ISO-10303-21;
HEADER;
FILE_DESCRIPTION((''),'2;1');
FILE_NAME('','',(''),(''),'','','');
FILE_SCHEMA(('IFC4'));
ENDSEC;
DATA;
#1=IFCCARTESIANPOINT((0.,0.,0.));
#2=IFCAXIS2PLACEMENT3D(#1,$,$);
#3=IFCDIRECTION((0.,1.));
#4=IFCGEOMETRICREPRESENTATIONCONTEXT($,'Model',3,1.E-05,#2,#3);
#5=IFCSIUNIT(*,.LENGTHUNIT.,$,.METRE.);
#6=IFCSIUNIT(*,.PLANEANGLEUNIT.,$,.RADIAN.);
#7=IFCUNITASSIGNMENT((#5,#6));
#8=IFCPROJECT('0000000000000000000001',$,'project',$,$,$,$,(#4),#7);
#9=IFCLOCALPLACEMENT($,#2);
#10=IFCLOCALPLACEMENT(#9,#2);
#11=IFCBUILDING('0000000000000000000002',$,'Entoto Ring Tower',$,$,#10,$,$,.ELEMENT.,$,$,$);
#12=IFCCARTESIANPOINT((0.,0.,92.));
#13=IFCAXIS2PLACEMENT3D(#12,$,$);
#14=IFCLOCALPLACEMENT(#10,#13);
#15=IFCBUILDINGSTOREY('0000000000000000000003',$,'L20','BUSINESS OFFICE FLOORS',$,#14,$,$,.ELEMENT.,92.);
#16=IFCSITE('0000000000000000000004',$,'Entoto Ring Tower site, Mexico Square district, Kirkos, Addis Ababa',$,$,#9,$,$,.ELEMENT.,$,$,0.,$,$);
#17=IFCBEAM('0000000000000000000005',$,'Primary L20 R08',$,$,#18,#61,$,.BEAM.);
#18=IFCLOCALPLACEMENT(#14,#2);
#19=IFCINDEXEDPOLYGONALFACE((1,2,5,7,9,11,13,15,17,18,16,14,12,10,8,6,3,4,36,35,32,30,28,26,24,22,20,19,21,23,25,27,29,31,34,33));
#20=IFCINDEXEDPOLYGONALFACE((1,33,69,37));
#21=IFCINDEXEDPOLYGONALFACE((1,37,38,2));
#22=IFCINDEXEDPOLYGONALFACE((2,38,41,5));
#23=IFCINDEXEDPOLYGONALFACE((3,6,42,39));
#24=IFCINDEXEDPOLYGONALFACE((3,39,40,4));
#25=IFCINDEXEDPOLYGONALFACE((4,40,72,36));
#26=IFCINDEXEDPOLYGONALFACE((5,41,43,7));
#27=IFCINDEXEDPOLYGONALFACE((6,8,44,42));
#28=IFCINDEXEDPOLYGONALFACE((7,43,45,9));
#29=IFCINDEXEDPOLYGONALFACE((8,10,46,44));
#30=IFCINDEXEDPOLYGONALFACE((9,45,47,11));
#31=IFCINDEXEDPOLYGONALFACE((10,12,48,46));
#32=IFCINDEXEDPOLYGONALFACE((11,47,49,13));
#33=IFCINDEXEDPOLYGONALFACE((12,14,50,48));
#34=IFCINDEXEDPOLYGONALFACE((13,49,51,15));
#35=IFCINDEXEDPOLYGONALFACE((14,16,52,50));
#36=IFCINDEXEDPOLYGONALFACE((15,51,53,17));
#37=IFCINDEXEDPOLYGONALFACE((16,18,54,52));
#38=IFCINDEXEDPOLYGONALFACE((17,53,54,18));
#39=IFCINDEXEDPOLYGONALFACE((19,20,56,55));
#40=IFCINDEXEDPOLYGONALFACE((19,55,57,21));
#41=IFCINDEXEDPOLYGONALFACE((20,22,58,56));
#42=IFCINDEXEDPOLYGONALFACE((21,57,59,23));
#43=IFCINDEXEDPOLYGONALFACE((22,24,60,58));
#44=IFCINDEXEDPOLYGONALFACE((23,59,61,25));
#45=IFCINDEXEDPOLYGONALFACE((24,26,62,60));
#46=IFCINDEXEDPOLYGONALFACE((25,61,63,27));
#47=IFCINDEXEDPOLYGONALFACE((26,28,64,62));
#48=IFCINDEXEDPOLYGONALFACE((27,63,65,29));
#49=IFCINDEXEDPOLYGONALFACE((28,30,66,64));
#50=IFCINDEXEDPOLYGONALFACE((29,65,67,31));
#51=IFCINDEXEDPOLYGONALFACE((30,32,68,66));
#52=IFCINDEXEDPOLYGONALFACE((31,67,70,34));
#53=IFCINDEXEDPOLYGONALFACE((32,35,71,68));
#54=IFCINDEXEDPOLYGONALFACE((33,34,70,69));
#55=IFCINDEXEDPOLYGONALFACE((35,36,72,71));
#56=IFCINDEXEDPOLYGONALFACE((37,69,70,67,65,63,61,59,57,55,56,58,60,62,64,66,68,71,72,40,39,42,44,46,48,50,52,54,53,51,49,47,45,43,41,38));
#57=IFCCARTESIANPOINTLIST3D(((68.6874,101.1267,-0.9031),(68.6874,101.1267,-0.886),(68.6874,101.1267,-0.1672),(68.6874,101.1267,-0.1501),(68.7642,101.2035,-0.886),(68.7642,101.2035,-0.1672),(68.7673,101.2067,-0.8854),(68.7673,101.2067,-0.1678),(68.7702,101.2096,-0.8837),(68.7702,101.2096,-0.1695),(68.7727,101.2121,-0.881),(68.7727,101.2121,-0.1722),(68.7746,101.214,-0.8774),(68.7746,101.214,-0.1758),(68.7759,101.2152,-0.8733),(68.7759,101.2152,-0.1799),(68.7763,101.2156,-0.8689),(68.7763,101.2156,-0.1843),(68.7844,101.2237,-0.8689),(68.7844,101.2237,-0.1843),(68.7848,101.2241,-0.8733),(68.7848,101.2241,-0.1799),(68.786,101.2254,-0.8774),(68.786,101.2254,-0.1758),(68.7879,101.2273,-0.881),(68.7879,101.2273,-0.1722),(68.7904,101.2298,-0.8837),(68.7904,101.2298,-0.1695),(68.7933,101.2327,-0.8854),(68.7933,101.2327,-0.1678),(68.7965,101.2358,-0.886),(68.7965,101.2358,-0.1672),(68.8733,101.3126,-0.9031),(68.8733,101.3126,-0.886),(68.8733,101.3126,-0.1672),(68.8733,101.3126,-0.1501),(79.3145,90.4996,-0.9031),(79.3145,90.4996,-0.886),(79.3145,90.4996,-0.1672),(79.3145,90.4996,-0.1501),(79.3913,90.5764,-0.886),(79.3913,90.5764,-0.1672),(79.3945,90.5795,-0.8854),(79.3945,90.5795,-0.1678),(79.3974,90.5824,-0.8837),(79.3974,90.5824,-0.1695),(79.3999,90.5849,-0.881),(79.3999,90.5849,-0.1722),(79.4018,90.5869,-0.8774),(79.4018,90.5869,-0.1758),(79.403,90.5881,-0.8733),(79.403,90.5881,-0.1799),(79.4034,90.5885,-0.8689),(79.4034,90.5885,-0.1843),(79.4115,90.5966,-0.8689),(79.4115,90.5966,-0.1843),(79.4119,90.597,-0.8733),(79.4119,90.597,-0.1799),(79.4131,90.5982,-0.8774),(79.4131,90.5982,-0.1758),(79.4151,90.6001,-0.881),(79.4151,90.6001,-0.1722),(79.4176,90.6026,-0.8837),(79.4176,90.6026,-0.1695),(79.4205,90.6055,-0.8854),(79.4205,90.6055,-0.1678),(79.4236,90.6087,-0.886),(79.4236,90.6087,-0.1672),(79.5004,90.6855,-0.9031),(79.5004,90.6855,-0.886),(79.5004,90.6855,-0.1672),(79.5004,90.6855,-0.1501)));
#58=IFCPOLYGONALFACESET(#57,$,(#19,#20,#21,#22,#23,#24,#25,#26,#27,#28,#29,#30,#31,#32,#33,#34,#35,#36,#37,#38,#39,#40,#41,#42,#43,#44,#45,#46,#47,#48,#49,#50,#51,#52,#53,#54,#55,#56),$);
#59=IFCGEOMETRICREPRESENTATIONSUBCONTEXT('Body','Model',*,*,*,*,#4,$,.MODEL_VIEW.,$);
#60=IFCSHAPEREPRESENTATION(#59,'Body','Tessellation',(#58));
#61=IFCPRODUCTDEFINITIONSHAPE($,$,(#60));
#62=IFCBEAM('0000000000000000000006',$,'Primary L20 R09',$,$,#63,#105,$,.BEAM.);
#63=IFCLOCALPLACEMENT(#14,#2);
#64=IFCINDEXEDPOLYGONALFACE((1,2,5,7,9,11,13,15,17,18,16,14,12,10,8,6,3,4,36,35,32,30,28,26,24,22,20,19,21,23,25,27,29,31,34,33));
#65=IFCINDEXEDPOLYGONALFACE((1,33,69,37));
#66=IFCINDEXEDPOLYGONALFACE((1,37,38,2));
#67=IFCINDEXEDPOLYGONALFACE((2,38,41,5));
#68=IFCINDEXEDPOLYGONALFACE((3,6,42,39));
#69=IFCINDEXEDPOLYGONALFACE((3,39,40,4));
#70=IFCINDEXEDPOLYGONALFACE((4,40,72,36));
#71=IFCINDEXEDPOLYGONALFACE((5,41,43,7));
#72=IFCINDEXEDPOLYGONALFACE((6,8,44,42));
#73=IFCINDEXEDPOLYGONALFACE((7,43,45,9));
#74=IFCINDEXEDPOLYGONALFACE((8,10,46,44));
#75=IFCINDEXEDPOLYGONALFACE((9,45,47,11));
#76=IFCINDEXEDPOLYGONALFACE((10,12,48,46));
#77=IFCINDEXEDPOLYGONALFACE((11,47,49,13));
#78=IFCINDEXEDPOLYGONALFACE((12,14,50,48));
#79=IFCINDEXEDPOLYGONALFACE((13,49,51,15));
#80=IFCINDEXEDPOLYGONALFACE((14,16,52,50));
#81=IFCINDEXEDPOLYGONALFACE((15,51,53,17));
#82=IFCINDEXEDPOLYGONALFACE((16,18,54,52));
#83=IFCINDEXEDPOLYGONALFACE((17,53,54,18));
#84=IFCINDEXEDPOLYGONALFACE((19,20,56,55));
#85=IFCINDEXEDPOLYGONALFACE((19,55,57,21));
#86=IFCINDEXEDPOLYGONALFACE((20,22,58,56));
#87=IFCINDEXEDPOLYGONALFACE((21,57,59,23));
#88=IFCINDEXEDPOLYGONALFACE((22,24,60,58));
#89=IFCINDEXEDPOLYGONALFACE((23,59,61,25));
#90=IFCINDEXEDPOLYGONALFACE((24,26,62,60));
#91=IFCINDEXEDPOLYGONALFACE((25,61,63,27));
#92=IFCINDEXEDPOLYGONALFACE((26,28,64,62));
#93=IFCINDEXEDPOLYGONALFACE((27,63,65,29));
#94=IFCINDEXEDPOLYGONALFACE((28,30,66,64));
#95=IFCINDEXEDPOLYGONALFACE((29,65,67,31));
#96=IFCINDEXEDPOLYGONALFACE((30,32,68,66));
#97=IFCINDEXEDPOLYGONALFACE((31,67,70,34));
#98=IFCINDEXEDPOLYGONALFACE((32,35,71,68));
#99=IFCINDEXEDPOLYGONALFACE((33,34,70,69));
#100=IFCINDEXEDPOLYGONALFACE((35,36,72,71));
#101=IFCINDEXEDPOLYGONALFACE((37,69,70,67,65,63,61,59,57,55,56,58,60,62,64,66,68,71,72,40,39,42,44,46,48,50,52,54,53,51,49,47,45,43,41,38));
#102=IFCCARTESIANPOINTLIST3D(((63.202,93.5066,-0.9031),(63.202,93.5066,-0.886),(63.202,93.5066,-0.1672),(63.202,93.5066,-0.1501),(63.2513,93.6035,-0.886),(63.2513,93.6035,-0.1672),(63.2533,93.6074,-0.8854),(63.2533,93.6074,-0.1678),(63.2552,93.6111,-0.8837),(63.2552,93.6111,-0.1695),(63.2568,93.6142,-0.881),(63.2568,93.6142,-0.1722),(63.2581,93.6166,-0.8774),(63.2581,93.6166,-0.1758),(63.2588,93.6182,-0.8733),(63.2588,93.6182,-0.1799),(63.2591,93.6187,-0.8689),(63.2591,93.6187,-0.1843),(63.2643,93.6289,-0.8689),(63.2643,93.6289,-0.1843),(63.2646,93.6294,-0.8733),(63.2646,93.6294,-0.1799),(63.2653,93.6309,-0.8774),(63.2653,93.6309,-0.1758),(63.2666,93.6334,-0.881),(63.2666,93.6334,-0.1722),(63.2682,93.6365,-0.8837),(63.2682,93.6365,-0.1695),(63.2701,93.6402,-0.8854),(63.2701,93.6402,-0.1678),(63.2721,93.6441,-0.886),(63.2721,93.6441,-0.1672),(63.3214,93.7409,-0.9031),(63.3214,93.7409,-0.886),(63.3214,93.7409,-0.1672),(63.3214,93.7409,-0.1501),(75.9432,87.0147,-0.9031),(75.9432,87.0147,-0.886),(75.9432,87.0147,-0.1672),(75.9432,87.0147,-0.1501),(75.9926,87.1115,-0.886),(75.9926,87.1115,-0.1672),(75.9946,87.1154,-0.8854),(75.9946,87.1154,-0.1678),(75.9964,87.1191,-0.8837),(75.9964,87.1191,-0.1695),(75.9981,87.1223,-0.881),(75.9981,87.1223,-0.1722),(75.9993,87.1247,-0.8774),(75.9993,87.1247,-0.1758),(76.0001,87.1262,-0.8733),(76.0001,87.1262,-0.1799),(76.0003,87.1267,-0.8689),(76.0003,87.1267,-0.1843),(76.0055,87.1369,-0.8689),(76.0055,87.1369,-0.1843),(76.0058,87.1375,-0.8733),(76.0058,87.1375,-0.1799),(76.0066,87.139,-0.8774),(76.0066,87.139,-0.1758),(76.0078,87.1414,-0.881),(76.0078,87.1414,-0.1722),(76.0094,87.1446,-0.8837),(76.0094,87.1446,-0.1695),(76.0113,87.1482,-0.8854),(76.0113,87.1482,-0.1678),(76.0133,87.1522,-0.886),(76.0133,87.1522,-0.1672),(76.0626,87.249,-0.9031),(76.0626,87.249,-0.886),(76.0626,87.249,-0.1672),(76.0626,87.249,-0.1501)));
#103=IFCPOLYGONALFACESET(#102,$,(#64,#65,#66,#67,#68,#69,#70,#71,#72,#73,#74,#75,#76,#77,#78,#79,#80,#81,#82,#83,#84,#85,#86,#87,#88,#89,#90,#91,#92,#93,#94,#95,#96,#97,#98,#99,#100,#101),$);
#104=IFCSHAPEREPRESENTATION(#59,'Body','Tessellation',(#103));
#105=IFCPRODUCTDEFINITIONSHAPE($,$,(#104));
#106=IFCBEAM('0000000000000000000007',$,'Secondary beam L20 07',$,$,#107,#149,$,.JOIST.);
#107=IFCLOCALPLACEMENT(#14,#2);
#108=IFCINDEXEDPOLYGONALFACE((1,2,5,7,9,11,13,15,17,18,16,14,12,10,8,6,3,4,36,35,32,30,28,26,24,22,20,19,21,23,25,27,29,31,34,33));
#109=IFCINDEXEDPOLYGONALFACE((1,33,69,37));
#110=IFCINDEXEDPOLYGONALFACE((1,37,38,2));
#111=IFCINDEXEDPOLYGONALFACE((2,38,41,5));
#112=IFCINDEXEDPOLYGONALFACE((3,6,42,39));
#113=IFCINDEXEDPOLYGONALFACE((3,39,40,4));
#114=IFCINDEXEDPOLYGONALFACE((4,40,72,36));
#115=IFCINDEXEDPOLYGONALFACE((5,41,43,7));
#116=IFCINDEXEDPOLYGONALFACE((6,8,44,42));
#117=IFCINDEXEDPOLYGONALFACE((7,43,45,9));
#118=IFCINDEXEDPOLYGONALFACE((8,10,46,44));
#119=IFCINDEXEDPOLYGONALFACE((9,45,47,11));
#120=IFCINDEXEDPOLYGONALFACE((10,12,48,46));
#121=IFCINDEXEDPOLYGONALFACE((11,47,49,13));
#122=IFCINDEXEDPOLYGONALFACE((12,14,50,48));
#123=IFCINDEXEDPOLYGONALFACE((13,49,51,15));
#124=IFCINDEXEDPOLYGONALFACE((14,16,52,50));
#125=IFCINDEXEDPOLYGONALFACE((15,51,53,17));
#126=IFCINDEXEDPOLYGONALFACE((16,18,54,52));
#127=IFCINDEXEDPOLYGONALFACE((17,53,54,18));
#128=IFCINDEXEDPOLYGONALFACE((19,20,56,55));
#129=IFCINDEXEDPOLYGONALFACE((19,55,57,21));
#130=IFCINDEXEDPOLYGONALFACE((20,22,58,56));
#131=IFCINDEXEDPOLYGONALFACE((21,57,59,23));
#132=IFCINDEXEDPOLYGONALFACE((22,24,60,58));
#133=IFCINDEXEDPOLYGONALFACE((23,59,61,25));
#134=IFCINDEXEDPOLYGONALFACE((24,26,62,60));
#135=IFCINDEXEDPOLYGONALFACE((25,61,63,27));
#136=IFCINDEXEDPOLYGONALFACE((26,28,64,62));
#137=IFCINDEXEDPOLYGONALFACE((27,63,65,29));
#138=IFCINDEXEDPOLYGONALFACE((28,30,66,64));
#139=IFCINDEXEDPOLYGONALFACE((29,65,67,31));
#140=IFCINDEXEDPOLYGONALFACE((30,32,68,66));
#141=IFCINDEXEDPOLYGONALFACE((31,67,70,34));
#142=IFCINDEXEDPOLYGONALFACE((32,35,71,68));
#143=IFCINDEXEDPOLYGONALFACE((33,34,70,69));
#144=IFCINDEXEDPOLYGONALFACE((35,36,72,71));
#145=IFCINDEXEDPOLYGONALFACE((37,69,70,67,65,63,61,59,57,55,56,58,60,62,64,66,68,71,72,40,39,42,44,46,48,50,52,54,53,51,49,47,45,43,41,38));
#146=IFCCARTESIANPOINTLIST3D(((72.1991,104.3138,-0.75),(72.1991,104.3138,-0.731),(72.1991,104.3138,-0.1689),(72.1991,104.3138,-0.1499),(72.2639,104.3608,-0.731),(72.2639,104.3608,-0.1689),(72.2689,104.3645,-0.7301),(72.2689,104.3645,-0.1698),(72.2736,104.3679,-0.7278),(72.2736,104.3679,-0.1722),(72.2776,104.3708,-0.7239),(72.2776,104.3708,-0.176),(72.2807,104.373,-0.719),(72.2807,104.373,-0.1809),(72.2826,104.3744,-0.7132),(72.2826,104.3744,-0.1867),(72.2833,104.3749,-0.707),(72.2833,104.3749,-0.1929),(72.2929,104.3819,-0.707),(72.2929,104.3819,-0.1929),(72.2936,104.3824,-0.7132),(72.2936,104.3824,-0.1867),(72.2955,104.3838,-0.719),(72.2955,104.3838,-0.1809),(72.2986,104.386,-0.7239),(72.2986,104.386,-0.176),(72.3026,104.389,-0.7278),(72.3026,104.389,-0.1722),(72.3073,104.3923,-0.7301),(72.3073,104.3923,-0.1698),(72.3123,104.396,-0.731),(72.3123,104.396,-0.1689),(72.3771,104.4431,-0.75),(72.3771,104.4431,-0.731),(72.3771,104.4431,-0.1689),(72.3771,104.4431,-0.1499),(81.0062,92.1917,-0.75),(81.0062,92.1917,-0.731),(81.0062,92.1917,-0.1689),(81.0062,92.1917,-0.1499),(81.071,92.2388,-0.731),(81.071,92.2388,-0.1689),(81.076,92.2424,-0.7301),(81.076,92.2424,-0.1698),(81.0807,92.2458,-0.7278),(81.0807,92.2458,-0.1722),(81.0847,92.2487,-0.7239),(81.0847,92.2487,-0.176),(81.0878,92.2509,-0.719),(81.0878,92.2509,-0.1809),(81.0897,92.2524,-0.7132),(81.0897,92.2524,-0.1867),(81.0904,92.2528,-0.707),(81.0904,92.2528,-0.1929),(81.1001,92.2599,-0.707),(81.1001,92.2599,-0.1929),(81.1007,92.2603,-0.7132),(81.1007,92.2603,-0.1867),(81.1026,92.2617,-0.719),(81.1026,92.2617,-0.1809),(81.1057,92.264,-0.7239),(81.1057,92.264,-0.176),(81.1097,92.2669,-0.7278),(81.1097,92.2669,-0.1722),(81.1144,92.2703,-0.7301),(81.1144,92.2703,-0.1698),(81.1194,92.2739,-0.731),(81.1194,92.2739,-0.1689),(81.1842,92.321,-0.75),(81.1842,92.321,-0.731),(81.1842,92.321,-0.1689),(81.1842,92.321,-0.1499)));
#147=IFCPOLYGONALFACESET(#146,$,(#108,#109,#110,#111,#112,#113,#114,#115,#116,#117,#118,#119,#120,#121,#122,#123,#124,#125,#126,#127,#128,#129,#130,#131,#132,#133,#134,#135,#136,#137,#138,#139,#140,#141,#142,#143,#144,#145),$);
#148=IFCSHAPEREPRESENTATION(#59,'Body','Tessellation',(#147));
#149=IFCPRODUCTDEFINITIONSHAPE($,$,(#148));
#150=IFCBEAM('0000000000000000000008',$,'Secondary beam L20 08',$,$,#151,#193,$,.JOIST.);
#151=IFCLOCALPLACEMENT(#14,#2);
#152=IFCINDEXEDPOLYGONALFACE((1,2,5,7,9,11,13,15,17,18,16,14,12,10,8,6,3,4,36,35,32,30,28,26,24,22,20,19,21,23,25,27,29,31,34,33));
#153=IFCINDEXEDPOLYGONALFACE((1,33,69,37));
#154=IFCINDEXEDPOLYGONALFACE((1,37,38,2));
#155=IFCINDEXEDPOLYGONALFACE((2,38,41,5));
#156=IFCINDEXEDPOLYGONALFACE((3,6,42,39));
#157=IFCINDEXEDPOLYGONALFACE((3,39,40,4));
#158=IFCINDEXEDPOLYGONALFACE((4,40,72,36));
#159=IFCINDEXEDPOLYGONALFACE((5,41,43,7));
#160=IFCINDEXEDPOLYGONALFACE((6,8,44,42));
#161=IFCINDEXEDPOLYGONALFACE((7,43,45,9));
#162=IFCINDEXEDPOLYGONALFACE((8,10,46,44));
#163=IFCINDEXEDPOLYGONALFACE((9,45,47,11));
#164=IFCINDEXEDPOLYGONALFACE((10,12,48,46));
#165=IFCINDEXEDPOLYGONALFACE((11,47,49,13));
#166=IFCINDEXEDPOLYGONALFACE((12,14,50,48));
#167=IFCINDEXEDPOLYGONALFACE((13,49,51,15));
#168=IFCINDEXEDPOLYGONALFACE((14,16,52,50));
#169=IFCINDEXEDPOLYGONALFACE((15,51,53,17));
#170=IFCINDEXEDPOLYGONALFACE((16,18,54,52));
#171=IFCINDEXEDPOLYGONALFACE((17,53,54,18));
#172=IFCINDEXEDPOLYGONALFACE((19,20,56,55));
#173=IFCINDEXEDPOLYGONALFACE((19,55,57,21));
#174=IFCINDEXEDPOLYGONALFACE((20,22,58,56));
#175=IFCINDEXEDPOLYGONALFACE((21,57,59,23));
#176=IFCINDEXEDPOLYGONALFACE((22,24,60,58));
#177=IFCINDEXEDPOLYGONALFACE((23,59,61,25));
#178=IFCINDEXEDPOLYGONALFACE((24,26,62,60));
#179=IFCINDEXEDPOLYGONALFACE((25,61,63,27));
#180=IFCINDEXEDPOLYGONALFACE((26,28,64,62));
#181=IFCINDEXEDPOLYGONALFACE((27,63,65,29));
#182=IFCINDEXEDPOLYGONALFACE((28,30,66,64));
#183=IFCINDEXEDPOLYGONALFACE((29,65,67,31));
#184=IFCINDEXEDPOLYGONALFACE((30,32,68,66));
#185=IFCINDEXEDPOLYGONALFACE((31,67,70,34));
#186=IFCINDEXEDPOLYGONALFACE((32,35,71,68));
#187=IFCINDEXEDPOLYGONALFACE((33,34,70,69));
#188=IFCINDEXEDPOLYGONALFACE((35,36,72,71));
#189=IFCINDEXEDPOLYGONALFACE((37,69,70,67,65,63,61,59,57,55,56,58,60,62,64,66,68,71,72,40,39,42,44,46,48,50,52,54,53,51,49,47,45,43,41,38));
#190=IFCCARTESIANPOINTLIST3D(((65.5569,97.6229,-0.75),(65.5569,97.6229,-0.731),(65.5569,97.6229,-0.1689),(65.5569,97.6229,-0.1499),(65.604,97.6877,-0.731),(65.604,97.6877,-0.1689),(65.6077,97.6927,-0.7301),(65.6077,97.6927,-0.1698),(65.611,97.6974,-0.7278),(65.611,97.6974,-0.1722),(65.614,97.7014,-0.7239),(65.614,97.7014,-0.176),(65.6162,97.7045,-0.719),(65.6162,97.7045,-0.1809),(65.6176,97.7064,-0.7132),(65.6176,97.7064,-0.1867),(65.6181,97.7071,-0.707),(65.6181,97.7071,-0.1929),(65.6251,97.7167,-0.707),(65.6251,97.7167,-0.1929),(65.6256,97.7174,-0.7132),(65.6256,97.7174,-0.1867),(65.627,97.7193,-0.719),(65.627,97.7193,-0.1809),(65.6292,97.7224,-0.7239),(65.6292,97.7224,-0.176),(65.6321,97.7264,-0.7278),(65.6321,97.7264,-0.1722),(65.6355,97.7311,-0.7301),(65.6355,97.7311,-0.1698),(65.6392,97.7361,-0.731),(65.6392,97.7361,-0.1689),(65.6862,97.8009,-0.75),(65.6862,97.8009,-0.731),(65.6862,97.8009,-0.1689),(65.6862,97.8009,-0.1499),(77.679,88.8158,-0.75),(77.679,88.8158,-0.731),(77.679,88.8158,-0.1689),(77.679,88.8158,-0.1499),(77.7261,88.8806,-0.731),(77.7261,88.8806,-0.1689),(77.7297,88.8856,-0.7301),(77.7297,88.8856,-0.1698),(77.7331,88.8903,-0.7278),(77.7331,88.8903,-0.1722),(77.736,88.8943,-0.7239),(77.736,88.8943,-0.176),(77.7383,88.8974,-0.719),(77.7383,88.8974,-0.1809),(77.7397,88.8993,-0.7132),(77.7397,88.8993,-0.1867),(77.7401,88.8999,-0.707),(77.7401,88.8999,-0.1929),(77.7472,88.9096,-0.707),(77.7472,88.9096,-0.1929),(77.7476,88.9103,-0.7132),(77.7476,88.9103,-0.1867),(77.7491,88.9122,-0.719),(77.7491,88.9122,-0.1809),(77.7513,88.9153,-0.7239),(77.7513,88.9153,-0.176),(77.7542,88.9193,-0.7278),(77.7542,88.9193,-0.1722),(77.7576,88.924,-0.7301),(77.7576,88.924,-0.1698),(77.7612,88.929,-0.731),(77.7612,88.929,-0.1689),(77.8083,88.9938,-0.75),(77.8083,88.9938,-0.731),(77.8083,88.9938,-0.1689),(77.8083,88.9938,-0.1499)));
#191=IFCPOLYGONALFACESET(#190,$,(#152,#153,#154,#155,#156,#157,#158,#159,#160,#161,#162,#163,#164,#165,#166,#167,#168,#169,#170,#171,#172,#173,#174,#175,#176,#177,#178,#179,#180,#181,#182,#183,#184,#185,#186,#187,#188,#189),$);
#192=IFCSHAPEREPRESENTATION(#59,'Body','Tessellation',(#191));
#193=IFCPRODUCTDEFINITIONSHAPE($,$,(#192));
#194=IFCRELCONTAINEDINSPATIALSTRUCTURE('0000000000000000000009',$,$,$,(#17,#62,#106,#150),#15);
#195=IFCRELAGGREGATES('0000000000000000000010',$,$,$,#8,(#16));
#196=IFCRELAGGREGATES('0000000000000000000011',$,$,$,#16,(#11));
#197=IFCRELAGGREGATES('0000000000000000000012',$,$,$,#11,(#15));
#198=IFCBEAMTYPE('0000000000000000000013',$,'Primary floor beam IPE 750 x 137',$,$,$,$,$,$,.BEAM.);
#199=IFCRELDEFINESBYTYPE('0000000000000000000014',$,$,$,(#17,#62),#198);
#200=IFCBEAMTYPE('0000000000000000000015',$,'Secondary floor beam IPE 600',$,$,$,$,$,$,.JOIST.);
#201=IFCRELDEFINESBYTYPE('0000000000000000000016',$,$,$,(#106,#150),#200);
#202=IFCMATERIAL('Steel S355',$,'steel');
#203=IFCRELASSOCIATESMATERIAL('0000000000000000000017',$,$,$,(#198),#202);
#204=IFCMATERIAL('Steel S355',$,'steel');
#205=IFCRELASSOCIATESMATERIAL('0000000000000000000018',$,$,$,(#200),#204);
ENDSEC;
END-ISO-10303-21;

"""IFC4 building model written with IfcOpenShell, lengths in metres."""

from ifc_helpers import new_model, si_unit, direction, frame, origin, origin_2d, place, context, subcontext, project, spatial, i_section, extrude, material, material_profile, profile_set, type_object, element, save


model = new_model("IFC4")

# Units and contexts
model_context = context("Model", 3, precision=1e-05, world=origin(), true_north=direction((0.0, 1.0)))
body_context = subcontext(model_context, "Body", "Model", "MODEL_VIEW")
ifc_project = project(units=[si_unit("LENGTHUNIT", "METRE"), si_unit("PLANEANGLEUNIT", "RADIAN")], contexts=[model_context])

# Site, building, storey
site_placement = place(None, origin())
site = spatial("IfcSite", under=ifc_project, at=site_placement, Name="Entoto Ring Tower site, Mexico Square district, Kirkos, Addis Ababa", CompositionType="ELEMENT", RefElevation=0.0)
building_placement = place(site_placement, origin())
building = spatial("IfcBuilding", under=site, at=building_placement, Name="Entoto Ring Tower", CompositionType="ELEMENT")
storey_placement = place(building_placement, frame((0.0, 0.0, 92.0)))
storey = spatial("IfcBuildingStorey", under=building, at=storey_placement, Name="L20", Description="BUSINESS OFFICE FLOORS", CompositionType="ELEMENT", Elevation=92.0)

# Beams
ifc_material_1 = material(Name="Steel S355", Category="steel")
ifc_material_profile_1 = material_profile(ifc_material_1, i_section(OverallWidth=0.2629, OverallDepth=0.7529, WebThickness=0.0115, FlangeThickness=0.0171, FilletRadius=0.0171, at=origin_2d()), Name="IPE 750 x 137")
ifc_profile_set_1 = profile_set([ifc_material_profile_1], Name="Steel S355")
beam_type_1 = type_object("IfcBeamType", Name="Primary floor beam IPE 750 x 137", PredefinedType="BEAM", material=ifc_profile_set_1)
beam_1_placement = place(storey_placement, frame((79.4075, 90.5925, -0.5266), z_axis=(-0.707107, 0.707107, 0.0), x_axis=(-0.707107, -0.707107, 0.0)))
element("IfcBeam", 1, at=beam_1_placement, inside=storey, type_object=beam_type_1, Name="Primary L20 R08", PredefinedType="BEAM", context=body_context, shape_type="SweptSolid", body=[
    extrude(i_section(OverallWidth=0.2629, OverallDepth=0.7529, WebThickness=0.0115, FlangeThickness=0.0171, FilletRadius=0.0171, at=origin_2d()), origin(), (0.0, 0.0, 1.0), 15.0291),
])
beam_2_placement = place(storey_placement, frame((76.0029, 87.1318, -0.5266), z_axis=(-0.891007, 0.453989, 0.0), x_axis=(-0.453989, -0.891007, 0.0)))
element("IfcBeam", 2, at=beam_2_placement, inside=storey, type_object=beam_type_1, Name="Primary L20 R09", PredefinedType="BEAM", context=body_context, shape_type="SweptSolid", body=[
    extrude(i_section(OverallWidth=0.2629, OverallDepth=0.7529, WebThickness=0.0115, FlangeThickness=0.0171, FilletRadius=0.0171, at=origin_2d()), origin(), (0.0, 0.0, 1.0), 14.2998),
])
ifc_material_2 = material(Name="Steel S355", Category="steel")
ifc_material_profile_2 = material_profile(ifc_material_2, i_section(OverallWidth=0.22, OverallDepth=0.6001, WebThickness=0.012, FlangeThickness=0.019, FilletRadius=0.0239, at=origin_2d()), Name="IPE 600")
ifc_profile_set_2 = profile_set([ifc_material_profile_2], Name="Steel S355")
beam_type_2 = type_object("IfcBeamType", Name="Secondary floor beam IPE 600", PredefinedType="JOIST", material=ifc_profile_set_2)
for number, where, z_axis, x_axis, name in (
    (3, (81.0952, 92.2563, -0.45), (-0.587782, 0.809019, 0.0), (-0.809019, -0.587782, 0.0), "Secondary beam L20 07"),
    (4, (77.7437, 88.9048, -0.45), (-0.809019, 0.587782, 0.0), (-0.587782, -0.809019, 0.0), "Secondary beam L20 08"),
):
    element("IfcBeam", number, at=place(storey_placement, frame(where, z_axis=z_axis, x_axis=x_axis)), inside=storey, type_object=beam_type_2, Name=name, PredefinedType="JOIST", context=body_context, shape_type="SweptSolid", body=[
        extrude(i_section(OverallWidth=0.22, OverallDepth=0.6001, WebThickness=0.012, FlangeThickness=0.019, FilletRadius=0.0239, at=origin_2d()), origin(), (0.0, 0.0, 1.0), 14.9836),
    ])

save(model, "model.ifc")
